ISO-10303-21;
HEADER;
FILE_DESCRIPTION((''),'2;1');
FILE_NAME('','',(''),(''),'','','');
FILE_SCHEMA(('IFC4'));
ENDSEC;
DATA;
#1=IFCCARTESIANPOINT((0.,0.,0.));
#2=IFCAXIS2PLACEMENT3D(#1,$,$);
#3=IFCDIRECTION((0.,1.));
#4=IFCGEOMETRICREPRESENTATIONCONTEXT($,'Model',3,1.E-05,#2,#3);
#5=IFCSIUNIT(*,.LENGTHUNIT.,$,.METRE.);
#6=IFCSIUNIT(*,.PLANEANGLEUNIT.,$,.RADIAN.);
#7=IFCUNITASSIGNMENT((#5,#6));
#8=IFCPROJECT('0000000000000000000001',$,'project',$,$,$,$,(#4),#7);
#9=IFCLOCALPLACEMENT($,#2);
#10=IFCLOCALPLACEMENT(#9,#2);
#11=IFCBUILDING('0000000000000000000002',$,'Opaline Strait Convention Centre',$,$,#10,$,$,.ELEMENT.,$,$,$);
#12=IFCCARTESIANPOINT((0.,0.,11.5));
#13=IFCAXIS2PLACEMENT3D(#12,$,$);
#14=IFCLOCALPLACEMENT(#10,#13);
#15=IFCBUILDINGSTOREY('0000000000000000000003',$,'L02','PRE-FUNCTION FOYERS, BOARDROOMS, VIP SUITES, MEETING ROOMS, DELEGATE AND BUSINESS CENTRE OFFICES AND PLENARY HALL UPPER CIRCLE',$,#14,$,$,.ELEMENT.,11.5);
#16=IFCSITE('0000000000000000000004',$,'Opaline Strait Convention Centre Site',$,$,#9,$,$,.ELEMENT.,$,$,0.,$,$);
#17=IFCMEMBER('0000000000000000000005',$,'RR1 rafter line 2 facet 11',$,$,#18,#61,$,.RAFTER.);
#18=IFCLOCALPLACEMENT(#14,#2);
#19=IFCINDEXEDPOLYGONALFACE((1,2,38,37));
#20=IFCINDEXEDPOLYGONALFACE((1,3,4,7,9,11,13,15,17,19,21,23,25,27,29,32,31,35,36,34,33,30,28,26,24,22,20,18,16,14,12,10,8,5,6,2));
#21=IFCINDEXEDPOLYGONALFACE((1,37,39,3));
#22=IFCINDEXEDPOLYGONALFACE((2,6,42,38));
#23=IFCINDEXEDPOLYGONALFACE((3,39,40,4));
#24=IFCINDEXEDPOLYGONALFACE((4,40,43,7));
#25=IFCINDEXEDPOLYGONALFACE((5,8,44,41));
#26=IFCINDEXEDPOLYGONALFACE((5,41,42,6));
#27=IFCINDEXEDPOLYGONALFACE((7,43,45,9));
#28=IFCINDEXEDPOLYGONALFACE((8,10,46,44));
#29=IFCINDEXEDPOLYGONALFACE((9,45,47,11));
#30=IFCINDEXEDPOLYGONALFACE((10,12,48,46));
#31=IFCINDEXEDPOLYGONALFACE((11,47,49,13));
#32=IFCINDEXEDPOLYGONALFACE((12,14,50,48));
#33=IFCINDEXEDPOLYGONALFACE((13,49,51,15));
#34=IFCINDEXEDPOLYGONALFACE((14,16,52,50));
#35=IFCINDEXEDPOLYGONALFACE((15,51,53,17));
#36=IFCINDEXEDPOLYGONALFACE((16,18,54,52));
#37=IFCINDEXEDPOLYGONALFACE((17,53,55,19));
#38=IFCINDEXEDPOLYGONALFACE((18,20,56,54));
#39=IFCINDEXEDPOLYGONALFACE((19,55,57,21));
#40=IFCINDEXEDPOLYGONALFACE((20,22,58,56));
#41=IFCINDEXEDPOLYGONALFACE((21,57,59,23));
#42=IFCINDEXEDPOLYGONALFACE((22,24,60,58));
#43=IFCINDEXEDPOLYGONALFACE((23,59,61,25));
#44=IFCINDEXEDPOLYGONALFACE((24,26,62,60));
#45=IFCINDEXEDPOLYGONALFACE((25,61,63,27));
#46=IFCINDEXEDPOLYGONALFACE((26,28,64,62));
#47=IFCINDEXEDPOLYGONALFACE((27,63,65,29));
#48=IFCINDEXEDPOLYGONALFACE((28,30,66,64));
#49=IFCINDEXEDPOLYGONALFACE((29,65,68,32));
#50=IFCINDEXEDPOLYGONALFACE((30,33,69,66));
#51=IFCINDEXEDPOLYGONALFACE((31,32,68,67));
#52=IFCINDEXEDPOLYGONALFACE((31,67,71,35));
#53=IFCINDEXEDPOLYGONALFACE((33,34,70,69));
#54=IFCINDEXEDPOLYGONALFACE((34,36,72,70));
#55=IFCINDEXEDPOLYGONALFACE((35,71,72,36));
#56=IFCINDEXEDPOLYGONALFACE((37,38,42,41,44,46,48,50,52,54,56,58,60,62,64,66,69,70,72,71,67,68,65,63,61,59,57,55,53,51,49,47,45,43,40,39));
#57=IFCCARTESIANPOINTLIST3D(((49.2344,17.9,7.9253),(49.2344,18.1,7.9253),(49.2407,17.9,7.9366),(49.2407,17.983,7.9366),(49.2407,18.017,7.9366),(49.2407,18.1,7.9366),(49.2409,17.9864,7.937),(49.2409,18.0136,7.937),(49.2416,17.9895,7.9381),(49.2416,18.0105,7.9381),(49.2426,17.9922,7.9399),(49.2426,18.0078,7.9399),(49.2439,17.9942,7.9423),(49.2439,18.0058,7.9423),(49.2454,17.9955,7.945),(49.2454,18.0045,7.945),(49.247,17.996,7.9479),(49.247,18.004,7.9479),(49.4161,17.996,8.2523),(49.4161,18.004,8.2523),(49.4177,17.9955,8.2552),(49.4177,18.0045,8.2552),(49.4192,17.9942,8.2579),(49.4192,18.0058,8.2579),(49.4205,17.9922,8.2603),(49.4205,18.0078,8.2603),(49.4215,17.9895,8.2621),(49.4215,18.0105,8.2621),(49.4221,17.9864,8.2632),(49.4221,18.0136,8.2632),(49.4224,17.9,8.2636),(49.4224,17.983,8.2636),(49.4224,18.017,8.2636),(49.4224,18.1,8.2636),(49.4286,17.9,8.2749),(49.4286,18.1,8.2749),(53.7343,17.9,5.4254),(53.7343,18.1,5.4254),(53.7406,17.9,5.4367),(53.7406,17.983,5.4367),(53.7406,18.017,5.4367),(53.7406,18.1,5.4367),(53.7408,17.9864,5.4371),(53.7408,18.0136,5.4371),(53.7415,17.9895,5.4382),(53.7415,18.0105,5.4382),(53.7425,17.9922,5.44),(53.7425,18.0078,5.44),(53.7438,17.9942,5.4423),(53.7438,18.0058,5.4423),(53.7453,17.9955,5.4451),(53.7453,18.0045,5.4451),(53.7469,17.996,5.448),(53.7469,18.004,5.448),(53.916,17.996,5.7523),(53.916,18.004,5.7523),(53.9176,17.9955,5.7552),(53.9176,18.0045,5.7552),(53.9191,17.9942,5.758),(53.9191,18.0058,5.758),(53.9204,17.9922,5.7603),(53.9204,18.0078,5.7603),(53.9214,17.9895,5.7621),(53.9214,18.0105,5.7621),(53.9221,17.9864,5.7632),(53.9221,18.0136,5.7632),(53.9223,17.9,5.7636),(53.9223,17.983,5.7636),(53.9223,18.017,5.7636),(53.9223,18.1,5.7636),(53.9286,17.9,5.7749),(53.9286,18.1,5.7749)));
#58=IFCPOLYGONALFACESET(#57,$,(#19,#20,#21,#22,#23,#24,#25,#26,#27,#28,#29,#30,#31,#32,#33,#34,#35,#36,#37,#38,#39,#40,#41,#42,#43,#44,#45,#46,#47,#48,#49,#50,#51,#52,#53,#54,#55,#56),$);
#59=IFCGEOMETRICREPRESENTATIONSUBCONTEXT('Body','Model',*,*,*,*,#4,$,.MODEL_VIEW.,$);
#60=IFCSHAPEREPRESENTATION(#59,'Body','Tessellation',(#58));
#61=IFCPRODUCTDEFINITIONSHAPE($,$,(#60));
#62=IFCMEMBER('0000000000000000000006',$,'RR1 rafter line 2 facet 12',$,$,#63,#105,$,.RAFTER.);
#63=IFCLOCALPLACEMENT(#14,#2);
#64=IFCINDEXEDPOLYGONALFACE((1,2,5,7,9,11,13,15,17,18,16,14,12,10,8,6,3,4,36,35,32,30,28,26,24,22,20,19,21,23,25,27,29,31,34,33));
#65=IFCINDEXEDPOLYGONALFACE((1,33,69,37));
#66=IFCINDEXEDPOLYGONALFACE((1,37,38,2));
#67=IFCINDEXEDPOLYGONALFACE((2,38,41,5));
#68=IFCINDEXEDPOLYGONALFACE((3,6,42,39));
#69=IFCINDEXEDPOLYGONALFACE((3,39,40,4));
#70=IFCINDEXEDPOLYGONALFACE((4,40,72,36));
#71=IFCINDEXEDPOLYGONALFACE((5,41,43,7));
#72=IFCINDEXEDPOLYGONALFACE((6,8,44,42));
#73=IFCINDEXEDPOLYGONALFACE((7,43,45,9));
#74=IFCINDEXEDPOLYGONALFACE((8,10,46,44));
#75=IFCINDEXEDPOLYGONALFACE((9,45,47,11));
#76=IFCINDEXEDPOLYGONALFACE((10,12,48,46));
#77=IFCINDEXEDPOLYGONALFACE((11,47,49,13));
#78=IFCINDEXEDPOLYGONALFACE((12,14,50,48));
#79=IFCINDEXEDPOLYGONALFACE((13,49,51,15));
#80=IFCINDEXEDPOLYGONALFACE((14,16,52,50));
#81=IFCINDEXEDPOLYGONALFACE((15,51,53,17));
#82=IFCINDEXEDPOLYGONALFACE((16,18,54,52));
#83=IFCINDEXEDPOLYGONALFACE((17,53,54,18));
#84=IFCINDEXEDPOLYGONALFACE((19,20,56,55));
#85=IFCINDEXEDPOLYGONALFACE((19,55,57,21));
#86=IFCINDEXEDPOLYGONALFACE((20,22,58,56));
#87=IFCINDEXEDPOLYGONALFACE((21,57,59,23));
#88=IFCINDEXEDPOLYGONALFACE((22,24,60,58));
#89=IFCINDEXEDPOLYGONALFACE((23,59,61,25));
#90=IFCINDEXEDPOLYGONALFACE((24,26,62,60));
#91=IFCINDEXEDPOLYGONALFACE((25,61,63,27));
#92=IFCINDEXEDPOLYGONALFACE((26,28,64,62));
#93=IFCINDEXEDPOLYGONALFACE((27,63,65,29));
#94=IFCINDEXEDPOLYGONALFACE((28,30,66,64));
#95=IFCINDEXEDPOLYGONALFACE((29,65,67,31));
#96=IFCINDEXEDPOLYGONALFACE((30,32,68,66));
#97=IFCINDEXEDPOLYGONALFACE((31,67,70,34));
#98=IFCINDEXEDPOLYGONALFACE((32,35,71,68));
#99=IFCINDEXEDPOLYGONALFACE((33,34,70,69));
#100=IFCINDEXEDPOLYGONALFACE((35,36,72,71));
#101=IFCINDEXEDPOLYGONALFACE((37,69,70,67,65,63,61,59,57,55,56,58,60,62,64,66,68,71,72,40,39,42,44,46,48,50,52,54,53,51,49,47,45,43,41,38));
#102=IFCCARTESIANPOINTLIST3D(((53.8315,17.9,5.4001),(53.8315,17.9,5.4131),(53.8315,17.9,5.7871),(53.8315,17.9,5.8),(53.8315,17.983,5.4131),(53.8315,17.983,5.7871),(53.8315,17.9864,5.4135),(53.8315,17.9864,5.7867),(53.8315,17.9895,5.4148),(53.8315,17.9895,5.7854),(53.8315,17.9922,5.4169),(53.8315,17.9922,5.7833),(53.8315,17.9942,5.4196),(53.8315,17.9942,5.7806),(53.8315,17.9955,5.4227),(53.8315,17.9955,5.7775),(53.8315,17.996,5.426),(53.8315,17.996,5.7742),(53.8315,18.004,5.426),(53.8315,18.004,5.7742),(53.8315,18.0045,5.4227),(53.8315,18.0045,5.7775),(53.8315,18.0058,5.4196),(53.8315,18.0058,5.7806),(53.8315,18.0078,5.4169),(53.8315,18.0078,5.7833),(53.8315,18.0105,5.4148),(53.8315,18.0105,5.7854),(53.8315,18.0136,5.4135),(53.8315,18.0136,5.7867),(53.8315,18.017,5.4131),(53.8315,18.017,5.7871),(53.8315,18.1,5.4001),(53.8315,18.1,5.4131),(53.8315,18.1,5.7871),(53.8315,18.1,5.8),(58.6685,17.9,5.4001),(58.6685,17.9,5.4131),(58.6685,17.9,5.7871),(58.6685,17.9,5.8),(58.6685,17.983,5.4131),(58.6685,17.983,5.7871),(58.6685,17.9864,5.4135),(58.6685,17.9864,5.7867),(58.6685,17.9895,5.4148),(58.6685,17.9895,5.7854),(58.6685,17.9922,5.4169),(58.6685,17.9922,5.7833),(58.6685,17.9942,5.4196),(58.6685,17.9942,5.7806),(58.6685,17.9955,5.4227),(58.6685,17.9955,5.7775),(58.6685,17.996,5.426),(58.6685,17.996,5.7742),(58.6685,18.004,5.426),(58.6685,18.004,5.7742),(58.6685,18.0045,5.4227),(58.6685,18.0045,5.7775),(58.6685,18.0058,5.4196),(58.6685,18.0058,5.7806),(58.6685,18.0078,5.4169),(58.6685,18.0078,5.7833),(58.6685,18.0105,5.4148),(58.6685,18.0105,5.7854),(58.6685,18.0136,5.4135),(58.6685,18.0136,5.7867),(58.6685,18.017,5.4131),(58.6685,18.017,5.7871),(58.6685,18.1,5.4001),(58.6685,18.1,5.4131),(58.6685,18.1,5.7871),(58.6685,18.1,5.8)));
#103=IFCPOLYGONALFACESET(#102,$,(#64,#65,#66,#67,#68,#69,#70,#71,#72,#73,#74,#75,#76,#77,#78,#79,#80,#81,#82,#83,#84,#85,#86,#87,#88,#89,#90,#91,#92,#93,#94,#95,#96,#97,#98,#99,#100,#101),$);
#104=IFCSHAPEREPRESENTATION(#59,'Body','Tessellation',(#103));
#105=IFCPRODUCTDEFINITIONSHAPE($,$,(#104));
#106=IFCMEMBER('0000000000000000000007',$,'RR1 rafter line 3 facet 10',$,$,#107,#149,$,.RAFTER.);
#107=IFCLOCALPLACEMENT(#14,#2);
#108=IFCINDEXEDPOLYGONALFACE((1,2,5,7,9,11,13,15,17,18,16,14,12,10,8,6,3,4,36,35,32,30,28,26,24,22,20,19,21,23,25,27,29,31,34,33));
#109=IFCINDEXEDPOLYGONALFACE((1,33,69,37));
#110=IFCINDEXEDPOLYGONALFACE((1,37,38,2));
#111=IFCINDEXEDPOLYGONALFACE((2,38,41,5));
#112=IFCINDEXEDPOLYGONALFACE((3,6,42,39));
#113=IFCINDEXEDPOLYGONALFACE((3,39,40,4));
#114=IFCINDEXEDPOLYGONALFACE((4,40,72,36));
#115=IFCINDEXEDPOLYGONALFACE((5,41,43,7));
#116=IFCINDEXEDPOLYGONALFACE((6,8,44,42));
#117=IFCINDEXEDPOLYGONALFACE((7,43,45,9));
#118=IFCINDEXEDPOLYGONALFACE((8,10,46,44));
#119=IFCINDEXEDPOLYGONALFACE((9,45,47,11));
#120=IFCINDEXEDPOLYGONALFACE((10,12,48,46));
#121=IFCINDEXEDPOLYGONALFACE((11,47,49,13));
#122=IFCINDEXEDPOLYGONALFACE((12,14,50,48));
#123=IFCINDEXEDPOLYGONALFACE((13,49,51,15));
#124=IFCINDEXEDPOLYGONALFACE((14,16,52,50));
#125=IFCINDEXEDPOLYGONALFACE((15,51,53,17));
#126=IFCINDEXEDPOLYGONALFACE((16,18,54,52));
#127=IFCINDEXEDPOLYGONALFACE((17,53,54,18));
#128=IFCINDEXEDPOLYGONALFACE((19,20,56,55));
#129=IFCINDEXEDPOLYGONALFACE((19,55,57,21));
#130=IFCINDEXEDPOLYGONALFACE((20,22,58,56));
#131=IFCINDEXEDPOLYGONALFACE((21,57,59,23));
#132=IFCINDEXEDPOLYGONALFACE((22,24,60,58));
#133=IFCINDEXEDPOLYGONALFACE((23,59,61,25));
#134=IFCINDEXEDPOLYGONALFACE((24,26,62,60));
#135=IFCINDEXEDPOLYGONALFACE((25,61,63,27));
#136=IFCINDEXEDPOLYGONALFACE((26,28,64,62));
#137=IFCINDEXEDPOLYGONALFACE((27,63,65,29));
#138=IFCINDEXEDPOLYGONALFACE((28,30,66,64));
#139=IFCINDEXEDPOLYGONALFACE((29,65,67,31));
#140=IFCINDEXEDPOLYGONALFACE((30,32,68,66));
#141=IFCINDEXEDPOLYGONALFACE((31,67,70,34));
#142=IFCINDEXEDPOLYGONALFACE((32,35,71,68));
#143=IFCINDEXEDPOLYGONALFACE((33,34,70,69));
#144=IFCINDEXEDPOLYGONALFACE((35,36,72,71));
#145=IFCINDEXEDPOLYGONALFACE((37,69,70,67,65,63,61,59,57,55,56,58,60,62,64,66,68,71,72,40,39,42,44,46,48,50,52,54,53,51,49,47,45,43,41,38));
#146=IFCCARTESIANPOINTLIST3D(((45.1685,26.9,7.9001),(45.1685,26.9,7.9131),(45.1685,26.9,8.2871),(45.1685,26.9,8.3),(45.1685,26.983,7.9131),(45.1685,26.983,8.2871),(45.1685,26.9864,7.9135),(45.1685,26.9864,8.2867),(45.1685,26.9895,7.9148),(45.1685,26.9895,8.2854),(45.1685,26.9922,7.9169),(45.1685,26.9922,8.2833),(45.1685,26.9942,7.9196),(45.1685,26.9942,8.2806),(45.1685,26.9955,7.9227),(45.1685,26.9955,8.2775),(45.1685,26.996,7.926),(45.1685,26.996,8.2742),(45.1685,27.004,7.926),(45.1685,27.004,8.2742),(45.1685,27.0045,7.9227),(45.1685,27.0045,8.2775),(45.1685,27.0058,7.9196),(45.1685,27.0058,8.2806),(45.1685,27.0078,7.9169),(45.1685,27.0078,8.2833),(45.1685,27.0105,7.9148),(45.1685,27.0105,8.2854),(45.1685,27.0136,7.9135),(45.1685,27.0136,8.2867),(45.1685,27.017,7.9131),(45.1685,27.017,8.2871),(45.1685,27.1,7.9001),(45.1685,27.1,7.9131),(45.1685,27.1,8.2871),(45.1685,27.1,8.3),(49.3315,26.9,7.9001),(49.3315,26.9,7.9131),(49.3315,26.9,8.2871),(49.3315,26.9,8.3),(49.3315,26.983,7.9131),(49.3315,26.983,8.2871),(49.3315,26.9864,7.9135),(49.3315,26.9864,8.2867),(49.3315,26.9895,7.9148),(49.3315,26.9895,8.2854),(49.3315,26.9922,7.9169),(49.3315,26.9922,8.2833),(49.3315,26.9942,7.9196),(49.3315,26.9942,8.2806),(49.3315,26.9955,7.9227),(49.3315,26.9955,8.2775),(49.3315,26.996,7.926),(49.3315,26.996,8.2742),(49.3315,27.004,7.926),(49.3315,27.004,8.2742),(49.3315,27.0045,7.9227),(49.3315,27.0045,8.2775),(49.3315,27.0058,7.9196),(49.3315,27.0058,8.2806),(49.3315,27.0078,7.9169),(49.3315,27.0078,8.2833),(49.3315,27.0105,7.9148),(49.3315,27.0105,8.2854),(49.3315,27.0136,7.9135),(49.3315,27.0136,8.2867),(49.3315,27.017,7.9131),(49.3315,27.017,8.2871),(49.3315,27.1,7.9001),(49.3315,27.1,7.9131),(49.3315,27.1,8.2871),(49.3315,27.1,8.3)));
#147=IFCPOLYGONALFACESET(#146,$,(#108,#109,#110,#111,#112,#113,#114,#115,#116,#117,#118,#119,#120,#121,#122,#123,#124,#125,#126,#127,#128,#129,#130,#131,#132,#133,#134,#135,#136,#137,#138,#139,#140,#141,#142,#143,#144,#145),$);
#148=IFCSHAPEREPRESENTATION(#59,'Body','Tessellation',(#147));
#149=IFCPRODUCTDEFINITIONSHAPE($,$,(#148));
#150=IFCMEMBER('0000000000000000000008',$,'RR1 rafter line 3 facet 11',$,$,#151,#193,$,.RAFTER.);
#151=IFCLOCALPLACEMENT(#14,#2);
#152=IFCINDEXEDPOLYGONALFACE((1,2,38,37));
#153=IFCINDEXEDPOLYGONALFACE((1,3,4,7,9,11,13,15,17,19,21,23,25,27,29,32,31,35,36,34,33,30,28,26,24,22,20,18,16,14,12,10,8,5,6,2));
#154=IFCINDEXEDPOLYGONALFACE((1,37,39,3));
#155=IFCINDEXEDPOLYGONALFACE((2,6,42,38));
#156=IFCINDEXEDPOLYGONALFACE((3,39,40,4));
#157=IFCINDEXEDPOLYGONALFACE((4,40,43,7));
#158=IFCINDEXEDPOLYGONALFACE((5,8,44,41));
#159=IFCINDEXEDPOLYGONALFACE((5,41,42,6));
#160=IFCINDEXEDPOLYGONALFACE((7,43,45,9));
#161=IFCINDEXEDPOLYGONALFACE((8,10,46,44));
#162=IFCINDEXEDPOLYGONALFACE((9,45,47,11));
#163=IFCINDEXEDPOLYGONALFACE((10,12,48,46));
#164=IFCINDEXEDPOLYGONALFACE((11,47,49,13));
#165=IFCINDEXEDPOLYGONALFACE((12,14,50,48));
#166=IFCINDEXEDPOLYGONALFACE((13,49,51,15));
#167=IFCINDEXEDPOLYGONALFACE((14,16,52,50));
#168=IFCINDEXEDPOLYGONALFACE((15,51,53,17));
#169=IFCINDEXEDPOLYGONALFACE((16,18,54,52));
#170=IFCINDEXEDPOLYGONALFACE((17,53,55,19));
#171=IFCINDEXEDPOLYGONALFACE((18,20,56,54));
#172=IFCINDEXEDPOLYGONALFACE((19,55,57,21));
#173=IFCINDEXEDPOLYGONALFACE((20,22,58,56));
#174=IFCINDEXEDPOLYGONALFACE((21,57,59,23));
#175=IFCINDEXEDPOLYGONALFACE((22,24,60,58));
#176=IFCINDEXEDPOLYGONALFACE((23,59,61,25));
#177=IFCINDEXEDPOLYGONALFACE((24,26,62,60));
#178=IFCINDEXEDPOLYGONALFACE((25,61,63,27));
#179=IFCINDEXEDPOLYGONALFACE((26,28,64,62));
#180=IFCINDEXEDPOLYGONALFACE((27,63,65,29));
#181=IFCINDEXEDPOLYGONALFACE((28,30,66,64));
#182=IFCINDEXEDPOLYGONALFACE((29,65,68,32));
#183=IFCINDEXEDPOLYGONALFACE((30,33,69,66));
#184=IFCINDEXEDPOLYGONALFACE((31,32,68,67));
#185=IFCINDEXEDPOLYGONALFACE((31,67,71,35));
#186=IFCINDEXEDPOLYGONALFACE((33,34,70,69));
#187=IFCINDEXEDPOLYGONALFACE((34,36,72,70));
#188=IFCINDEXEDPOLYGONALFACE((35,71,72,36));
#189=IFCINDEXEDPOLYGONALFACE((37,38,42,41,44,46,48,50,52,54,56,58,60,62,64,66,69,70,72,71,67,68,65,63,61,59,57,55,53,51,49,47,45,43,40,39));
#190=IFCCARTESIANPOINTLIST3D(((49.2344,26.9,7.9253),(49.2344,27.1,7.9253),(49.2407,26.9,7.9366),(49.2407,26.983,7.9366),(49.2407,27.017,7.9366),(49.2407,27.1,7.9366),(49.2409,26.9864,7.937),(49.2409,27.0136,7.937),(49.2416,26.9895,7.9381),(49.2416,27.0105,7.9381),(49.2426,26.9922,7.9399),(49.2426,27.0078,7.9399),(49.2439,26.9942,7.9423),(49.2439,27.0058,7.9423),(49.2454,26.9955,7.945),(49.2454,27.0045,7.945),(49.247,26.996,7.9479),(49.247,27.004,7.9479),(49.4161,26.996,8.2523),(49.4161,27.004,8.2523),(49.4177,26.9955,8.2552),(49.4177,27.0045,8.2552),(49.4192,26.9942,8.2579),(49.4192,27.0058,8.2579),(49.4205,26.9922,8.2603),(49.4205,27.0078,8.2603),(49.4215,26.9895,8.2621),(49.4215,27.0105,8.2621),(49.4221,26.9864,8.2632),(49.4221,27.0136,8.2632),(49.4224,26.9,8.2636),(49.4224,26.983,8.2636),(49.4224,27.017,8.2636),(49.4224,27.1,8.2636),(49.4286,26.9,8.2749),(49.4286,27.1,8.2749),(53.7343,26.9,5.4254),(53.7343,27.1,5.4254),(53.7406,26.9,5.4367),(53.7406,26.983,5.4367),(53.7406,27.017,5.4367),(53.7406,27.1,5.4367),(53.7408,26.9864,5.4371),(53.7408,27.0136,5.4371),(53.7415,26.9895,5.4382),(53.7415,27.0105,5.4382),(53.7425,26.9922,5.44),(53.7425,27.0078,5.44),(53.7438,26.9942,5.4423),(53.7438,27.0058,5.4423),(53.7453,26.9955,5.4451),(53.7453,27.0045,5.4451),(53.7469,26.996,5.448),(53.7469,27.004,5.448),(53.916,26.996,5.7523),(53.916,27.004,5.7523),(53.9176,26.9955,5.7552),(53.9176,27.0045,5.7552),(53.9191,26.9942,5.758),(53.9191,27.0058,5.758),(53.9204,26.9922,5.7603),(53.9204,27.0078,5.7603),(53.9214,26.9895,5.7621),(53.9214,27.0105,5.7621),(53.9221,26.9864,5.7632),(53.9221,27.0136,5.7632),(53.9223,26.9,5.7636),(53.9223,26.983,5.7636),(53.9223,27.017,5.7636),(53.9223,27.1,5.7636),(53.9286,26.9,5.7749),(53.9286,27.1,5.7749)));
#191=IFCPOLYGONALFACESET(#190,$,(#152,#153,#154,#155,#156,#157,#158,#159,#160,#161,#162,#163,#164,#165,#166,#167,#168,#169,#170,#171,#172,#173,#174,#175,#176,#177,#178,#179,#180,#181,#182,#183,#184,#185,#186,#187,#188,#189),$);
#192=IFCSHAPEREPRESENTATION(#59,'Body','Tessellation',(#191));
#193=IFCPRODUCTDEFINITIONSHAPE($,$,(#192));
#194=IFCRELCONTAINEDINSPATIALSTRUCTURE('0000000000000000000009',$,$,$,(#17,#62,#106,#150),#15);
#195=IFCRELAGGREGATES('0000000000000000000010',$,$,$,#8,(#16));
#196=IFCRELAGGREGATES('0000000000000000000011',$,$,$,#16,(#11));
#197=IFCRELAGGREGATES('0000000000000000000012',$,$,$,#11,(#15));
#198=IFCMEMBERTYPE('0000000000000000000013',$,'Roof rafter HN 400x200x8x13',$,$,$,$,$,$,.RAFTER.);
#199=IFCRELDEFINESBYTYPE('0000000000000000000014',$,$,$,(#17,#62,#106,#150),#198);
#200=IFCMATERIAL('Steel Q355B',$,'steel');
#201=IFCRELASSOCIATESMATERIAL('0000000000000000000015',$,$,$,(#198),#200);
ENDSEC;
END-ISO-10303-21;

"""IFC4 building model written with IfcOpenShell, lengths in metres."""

from ifc_helpers import new_model, si_unit, direction, frame, origin, origin_2d, place, context, subcontext, project, spatial, i_section, extrude, material, material_profile, profile_set, type_object, element, save


model = new_model("IFC4")

# Units and contexts
model_context = context("Model", 3, precision=1e-05, world=origin(), true_north=direction((0.0, 1.0)))
body_context = subcontext(model_context, "Body", "Model", "MODEL_VIEW")
ifc_project = project(units=[si_unit("LENGTHUNIT", "METRE"), si_unit("PLANEANGLEUNIT", "RADIAN")], contexts=[model_context])

# Site, building, storey
site_placement = place(None, origin())
site = spatial("IfcSite", under=ifc_project, at=site_placement, Name="Opaline Strait Convention Centre Site", CompositionType="ELEMENT", RefElevation=0.0)
building_placement = place(site_placement, origin())
building = spatial("IfcBuilding", under=site, at=building_placement, Name="Opaline Strait Convention Centre", CompositionType="ELEMENT")
storey_placement = place(building_placement, frame((0.0, 0.0, 11.5)))
storey = spatial("IfcBuildingStorey", under=building, at=storey_placement, Name="L02", Description="PRE-FUNCTION FOYERS, BOARDROOMS, VIP SUITES, MEETING ROOMS, DELEGATE AND BUSINESS CENTRE OFFICES AND PLENARY HALL UPPER CIRCLE", CompositionType="ELEMENT", Elevation=11.5)

# Shared definitions
ifc_material_1 = material(Name="Steel Q355B", Category="steel")

# Members
ifc_material_profile_1 = material_profile(ifc_material_1, i_section(OverallWidth=0.2, OverallDepth=0.3999, WebThickness=0.0081, FlangeThickness=0.0129, FilletRadius=0.0129, at=origin_2d()), Name="HN 400x200x8x13")
ifc_profile_set_1 = profile_set([ifc_material_profile_1], Name="Steel Q355B")
member_type_1 = type_object("IfcMemberType", Name="Roof rafter HN 400x200x8x13", PredefinedType="RAFTER", material=ifc_profile_set_1)
member_1_placement = place(storey_placement, frame((49.3315, 18.0, 8.1001), z_axis=(0.874157, 0.0, -0.485643), x_axis=(0.0, 1.0, 0.0)))
element("IfcMember", 1, at=member_1_placement, inside=storey, type_object=member_type_1, Name="RR1 rafter line 2 facet 11", PredefinedType="RAFTER", context=body_context, shape_type="SweptSolid", body=[
    extrude(i_section(OverallWidth=0.2, OverallDepth=0.3999, WebThickness=0.0081, FlangeThickness=0.0129, FilletRadius=0.0129, at=origin_2d()), origin(), (0.0, 0.0, 1.0), 5.1477),
])
member_2_placement = place(storey_placement, frame((53.8315, 18.0, 5.6001), z_axis=(1.0, 0.0, 0.0), x_axis=(0.0, 1.0, 0.0)))
element("IfcMember", 2, at=member_2_placement, inside=storey, type_object=member_type_1, Name="RR1 rafter line 2 facet 12", PredefinedType="RAFTER", context=body_context, shape_type="SweptSolid", body=[
    extrude(i_section(OverallWidth=0.2, OverallDepth=0.3999, WebThickness=0.0081, FlangeThickness=0.0129, FilletRadius=0.0129, at=origin_2d()), origin(), (0.0, 0.0, 1.0), 4.8369),
])
member_3_placement = place(storey_placement, frame((45.1685, 27.0, 8.1001), z_axis=(1.0, 0.0, 0.0), x_axis=(0.0, 1.0, 0.0)))
element("IfcMember", 3, at=member_3_placement, inside=storey, type_object=member_type_1, Name="RR1 rafter line 3 facet 10", PredefinedType="RAFTER", context=body_context, shape_type="SweptSolid", body=[
    extrude(i_section(OverallWidth=0.2, OverallDepth=0.3999, WebThickness=0.0081, FlangeThickness=0.0129, FilletRadius=0.0129, at=origin_2d()), origin(), (0.0, 0.0, 1.0), 4.1631),
])
member_4_placement = place(storey_placement, frame((49.3315, 27.0, 8.1001), z_axis=(0.874157, 0.0, -0.485643), x_axis=(0.0, 1.0, 0.0)))
element("IfcMember", 4, at=member_4_placement, inside=storey, type_object=member_type_1, Name="RR1 rafter line 3 facet 11", PredefinedType="RAFTER", context=body_context, shape_type="SweptSolid", body=[
    extrude(i_section(OverallWidth=0.2, OverallDepth=0.3999, WebThickness=0.0081, FlangeThickness=0.0129, FilletRadius=0.0129, at=origin_2d()), origin(), (0.0, 0.0, 1.0), 5.1477),
])

save(model, "model.ifc")
